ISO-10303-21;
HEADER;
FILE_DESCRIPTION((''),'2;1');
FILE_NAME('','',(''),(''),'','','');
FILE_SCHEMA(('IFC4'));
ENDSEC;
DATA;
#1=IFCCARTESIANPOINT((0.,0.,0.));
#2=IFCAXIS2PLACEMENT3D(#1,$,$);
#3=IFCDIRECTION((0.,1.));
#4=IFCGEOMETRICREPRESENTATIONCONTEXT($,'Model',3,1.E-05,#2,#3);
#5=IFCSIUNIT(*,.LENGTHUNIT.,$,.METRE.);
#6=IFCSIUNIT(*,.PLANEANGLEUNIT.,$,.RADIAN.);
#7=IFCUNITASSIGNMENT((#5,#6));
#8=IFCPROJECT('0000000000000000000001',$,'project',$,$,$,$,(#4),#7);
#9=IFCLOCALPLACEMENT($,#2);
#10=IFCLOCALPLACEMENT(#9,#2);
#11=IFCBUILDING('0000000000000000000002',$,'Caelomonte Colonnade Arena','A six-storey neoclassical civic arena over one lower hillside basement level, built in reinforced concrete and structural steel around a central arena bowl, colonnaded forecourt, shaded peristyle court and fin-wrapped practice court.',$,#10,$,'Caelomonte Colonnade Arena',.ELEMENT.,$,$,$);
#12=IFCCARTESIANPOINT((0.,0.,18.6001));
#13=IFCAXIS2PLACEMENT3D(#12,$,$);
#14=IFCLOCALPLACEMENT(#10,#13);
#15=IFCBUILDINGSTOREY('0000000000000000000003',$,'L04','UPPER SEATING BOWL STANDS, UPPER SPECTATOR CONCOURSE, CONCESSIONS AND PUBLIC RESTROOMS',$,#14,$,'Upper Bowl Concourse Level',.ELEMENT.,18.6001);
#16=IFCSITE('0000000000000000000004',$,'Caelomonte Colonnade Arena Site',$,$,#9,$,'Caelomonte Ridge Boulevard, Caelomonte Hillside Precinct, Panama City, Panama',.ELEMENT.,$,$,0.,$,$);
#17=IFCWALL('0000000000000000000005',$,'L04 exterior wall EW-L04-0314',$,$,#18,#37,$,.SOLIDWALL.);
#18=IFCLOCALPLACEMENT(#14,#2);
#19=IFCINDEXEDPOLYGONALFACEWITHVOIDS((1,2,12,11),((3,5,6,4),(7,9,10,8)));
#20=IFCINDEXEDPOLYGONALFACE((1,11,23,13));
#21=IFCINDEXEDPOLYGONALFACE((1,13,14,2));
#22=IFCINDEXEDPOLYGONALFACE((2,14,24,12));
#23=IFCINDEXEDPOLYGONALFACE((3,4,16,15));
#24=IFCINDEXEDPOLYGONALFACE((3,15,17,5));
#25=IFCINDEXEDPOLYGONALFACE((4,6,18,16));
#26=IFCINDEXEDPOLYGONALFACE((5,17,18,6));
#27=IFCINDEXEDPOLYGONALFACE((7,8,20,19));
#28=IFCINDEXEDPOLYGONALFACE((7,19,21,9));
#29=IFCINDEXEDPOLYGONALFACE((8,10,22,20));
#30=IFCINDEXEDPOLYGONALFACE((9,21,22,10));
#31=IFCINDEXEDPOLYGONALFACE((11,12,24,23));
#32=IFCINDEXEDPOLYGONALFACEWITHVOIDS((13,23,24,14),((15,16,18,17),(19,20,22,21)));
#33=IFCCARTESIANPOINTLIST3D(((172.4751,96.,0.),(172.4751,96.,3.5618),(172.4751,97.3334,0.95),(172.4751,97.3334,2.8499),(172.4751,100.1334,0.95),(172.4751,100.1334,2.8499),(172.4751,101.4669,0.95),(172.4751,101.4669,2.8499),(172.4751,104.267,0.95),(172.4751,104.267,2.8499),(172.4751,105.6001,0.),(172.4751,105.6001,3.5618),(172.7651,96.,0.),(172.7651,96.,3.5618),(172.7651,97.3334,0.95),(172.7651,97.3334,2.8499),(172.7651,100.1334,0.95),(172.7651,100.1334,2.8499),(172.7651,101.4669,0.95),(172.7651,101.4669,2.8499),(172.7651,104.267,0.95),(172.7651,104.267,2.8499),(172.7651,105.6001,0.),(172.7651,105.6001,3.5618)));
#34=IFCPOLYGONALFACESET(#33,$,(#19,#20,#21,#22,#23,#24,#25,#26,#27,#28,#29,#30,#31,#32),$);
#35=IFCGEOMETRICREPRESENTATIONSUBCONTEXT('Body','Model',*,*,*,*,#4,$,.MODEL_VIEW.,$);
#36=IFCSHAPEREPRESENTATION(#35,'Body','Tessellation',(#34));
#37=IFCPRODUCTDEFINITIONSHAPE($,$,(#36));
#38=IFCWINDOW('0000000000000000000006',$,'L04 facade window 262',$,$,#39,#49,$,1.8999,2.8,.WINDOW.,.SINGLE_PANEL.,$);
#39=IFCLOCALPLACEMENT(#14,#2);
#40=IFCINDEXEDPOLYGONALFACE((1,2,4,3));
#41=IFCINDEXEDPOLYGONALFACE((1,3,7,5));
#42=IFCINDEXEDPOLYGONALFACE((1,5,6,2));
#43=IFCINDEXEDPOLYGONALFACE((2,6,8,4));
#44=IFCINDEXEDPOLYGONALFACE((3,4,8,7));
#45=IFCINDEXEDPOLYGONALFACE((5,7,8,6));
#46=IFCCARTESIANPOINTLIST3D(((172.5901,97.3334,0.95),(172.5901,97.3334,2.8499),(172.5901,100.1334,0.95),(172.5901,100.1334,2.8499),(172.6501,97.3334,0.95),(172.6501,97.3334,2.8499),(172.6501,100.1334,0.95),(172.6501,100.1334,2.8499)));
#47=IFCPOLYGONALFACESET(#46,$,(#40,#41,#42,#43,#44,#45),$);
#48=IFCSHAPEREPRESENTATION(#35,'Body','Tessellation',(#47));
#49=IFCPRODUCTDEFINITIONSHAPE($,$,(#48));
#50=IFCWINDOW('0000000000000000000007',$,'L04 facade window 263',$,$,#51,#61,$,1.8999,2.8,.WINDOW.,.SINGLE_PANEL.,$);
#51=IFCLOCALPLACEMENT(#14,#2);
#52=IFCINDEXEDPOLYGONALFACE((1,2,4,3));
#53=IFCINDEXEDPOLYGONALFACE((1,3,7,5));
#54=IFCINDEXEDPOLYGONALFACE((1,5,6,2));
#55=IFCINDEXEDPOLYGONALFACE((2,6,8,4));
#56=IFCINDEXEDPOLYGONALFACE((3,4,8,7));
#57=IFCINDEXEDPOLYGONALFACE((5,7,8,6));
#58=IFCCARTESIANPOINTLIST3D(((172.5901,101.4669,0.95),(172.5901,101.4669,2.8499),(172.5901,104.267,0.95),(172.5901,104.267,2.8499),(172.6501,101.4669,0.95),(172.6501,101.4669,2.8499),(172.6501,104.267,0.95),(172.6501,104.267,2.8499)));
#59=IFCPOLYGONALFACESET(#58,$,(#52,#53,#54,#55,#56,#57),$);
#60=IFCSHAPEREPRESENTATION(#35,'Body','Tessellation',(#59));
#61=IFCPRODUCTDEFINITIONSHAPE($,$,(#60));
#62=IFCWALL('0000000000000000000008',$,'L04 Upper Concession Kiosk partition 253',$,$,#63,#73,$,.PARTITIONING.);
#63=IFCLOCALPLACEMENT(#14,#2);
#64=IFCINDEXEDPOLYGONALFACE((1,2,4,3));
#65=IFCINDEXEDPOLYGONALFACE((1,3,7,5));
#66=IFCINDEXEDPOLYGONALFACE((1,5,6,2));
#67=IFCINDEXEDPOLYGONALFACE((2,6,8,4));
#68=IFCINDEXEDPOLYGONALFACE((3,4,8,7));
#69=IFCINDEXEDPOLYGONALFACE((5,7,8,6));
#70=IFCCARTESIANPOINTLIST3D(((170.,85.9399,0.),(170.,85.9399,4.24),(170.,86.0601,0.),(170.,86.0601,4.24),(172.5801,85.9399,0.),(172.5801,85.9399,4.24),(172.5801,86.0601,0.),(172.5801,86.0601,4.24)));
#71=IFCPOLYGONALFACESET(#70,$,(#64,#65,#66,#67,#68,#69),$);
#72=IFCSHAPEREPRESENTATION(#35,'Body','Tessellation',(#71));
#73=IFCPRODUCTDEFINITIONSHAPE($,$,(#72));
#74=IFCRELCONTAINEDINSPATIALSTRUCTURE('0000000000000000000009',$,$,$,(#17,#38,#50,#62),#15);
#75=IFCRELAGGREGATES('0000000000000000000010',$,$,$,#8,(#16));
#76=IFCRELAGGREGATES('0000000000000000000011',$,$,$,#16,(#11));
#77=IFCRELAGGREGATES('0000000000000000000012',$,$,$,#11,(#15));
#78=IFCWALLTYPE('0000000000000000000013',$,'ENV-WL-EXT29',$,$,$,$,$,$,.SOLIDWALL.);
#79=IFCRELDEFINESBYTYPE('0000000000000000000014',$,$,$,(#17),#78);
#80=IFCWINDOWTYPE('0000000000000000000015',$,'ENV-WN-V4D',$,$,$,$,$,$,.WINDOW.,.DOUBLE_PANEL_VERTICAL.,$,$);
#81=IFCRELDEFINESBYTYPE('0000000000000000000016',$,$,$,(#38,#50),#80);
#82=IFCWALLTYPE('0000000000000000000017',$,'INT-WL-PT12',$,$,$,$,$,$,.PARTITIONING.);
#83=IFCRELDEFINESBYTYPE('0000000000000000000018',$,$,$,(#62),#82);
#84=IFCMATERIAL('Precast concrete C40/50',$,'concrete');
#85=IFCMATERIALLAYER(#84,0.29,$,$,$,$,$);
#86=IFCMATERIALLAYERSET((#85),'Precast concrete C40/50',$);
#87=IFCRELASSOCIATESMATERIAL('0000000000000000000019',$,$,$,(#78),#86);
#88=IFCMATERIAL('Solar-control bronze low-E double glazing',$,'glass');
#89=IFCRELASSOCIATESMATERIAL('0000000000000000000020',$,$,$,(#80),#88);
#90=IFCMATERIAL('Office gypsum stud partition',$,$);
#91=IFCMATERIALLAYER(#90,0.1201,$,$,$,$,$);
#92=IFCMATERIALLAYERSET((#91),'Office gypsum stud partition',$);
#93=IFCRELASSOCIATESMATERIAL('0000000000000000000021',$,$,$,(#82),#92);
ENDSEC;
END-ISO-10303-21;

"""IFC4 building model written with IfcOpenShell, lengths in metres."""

from ifc_helpers import new_model, si_unit, direction, frame, frame_2d, origin, place, context, subcontext, project, spatial, rectangle, extrude, material, layer, layer_set, type_object, element, fill, save


model = new_model("IFC4")

# Units and contexts
model_context = context("Model", 3, precision=1e-05, world=origin(), true_north=direction((0.0, 1.0)))
body_context = subcontext(model_context, "Body", "Model", "MODEL_VIEW")
ifc_project = project(units=[si_unit("LENGTHUNIT", "METRE"), si_unit("PLANEANGLEUNIT", "RADIAN")], contexts=[model_context])

# Site, building, storey
site_placement = place(None, origin())
site = spatial("IfcSite", under=ifc_project, at=site_placement, Name="Caelomonte Colonnade Arena Site", LongName="Caelomonte Ridge Boulevard, Caelomonte Hillside Precinct, Panama City, Panama", CompositionType="ELEMENT", RefElevation=0.0)
building_placement = place(site_placement, origin())
building = spatial("IfcBuilding", under=site, at=building_placement, Name="Caelomonte Colonnade Arena", Description="A six-storey neoclassical civic arena over one lower hillside basement level, built in reinforced concrete and structural steel around a central arena bowl, colonnaded forecourt, shaded peristyle court and fin-wrapped practice court.", LongName="Caelomonte Colonnade Arena", CompositionType="ELEMENT")
storey_placement = place(building_placement, frame((0.0, 0.0, 18.6001)))
storey = spatial("IfcBuildingStorey", under=building, at=storey_placement, Name="L04", Description="UPPER SEATING BOWL STANDS, UPPER SPECTATOR CONCOURSE, CONCESSIONS AND PUBLIC RESTROOMS", LongName="Upper Bowl Concourse Level", CompositionType="ELEMENT", Elevation=18.6001)

# Wall, openings, windows
ifc_material_1 = material(Name="Precast concrete C40/50", Category="concrete")
ifc_layer_1 = layer(ifc_material_1, 0.29)
ifc_layer_set_1 = layer_set([ifc_layer_1], Name="Precast concrete C40/50")
wall_type_1 = type_object("IfcWallType", Name="ENV-WL-EXT29", PredefinedType="SOLIDWALL", material=ifc_layer_set_1)
ifc_material_2 = material(Name="Solar-control bronze low-E double glazing", Category="glass")
window_type = type_object("IfcWindowType", Name="ENV-WN-V4D", PartitioningType="DOUBLE_PANEL_VERTICAL", PredefinedType="WINDOW", material=ifc_material_2)
wall_1_placement = place(storey_placement, frame((172.6201, 96.0, 0.0), z_axis=(0.0, 0.0, 1.0), x_axis=(0.0, 1.0, 0.0)))
wall_1 = element("IfcWall", 1, at=wall_1_placement, inside=storey, type_object=wall_type_1, Name="L04 exterior wall EW-L04-0314", PredefinedType="SOLIDWALL", context=body_context, shape_type="SweptSolid", body=[
    extrude(rectangle(XDim=9.6001, YDim=0.29, at=frame_2d((4.8, 0.0))), origin(), (0.0, 0.0, 1.0), 3.5618),
])
opening_1_placement = place(wall_1_placement, frame((4.1333, 0.0, 0.95), z_axis=(0.0, 0.0, 1.0), x_axis=(-1.0, 0.0, 0.0)))
opening_1 = element("IfcOpeningElement", 2, at=opening_1_placement, cuts=wall_1, PredefinedType="OPENING", context=body_context, shape_type="SweptSolid", body=[
    extrude(rectangle(XDim=2.8, YDim=1.8999, at=frame_2d((1.3999, 0.95))), frame((0.0, 0.155, 0.0), z_axis=(0.0, -1.0, 0.0), x_axis=(1.0, 0.0, 0.0)), (0.0, 0.0, 1.0), 0.3101),
])
opening_2_placement = place(wall_1_placement, frame((8.2668, 0.0, 0.95), z_axis=(0.0, 0.0, 1.0), x_axis=(-1.0, 0.0, 0.0)))
opening_2 = element("IfcOpeningElement", 3, at=opening_2_placement, cuts=wall_1, PredefinedType="OPENING", context=body_context, shape_type="SweptSolid", body=[
    extrude(rectangle(XDim=2.8, YDim=1.8999, at=frame_2d((1.3999, 0.95))), frame((0.0, 0.155, 0.0), z_axis=(0.0, -1.0, 0.0), x_axis=(1.0, 0.0, 0.0)), (0.0, 0.0, 1.0), 0.3101),
])
window_1_placement = place(opening_1_placement, origin())
window_1 = element("IfcWindow", 4, at=window_1_placement, inside=storey, type_object=window_type, Name="L04 facade window 262", OverallHeight=1.8999, OverallWidth=2.8, PartitioningType="SINGLE_PANEL", PredefinedType="WINDOW", context=body_context, shape_type="SweptSolid", body=[
    extrude(rectangle(XDim=2.8, YDim=1.8999, at=frame_2d((1.3999, 0.95))), frame((0.0, 0.03, 0.0), z_axis=(0.0, -1.0, 0.0), x_axis=(1.0, 0.0, 0.0)), (0.0, 0.0, 1.0), 0.0601),
])
fill(opening_1, window_1)
window_2_placement = place(opening_2_placement, origin())
window_2 = element("IfcWindow", 5, at=window_2_placement, inside=storey, type_object=window_type, Name="L04 facade window 263", OverallHeight=1.8999, OverallWidth=2.8, PartitioningType="SINGLE_PANEL", PredefinedType="WINDOW", context=body_context, shape_type="SweptSolid", body=[
    extrude(rectangle(XDim=2.8, YDim=1.8999, at=frame_2d((1.3999, 0.95))), frame((0.0, 0.03, 0.0), z_axis=(0.0, -1.0, 0.0), x_axis=(1.0, 0.0, 0.0)), (0.0, 0.0, 1.0), 0.0601),
])
fill(opening_2, window_2)

# Wall
ifc_material_3 = material(Name="Office gypsum stud partition")
ifc_layer_2 = layer(ifc_material_3, 0.1201)
ifc_layer_set_2 = layer_set([ifc_layer_2], Name="Office gypsum stud partition")
wall_type_2 = type_object("IfcWallType", Name="INT-WL-PT12", PredefinedType="PARTITIONING", material=ifc_layer_set_2)
wall_2_placement = place(storey_placement, frame((170.0, 86.0, 0.0), z_axis=(0.0, 0.0, 1.0), x_axis=(1.0, 0.0, 0.0)))
element("IfcWall", 6, at=wall_2_placement, inside=storey, type_object=wall_type_2, Name="L04 Upper Concession Kiosk partition 253", PredefinedType="PARTITIONING", context=body_context, shape_type="SweptSolid", body=[
    extrude(rectangle(XDim=2.5801, YDim=0.1201, at=frame_2d((1.29, 0.0))), origin(), (0.0, 0.0, 1.0), 4.24),
])

save(model, "model.ifc")
